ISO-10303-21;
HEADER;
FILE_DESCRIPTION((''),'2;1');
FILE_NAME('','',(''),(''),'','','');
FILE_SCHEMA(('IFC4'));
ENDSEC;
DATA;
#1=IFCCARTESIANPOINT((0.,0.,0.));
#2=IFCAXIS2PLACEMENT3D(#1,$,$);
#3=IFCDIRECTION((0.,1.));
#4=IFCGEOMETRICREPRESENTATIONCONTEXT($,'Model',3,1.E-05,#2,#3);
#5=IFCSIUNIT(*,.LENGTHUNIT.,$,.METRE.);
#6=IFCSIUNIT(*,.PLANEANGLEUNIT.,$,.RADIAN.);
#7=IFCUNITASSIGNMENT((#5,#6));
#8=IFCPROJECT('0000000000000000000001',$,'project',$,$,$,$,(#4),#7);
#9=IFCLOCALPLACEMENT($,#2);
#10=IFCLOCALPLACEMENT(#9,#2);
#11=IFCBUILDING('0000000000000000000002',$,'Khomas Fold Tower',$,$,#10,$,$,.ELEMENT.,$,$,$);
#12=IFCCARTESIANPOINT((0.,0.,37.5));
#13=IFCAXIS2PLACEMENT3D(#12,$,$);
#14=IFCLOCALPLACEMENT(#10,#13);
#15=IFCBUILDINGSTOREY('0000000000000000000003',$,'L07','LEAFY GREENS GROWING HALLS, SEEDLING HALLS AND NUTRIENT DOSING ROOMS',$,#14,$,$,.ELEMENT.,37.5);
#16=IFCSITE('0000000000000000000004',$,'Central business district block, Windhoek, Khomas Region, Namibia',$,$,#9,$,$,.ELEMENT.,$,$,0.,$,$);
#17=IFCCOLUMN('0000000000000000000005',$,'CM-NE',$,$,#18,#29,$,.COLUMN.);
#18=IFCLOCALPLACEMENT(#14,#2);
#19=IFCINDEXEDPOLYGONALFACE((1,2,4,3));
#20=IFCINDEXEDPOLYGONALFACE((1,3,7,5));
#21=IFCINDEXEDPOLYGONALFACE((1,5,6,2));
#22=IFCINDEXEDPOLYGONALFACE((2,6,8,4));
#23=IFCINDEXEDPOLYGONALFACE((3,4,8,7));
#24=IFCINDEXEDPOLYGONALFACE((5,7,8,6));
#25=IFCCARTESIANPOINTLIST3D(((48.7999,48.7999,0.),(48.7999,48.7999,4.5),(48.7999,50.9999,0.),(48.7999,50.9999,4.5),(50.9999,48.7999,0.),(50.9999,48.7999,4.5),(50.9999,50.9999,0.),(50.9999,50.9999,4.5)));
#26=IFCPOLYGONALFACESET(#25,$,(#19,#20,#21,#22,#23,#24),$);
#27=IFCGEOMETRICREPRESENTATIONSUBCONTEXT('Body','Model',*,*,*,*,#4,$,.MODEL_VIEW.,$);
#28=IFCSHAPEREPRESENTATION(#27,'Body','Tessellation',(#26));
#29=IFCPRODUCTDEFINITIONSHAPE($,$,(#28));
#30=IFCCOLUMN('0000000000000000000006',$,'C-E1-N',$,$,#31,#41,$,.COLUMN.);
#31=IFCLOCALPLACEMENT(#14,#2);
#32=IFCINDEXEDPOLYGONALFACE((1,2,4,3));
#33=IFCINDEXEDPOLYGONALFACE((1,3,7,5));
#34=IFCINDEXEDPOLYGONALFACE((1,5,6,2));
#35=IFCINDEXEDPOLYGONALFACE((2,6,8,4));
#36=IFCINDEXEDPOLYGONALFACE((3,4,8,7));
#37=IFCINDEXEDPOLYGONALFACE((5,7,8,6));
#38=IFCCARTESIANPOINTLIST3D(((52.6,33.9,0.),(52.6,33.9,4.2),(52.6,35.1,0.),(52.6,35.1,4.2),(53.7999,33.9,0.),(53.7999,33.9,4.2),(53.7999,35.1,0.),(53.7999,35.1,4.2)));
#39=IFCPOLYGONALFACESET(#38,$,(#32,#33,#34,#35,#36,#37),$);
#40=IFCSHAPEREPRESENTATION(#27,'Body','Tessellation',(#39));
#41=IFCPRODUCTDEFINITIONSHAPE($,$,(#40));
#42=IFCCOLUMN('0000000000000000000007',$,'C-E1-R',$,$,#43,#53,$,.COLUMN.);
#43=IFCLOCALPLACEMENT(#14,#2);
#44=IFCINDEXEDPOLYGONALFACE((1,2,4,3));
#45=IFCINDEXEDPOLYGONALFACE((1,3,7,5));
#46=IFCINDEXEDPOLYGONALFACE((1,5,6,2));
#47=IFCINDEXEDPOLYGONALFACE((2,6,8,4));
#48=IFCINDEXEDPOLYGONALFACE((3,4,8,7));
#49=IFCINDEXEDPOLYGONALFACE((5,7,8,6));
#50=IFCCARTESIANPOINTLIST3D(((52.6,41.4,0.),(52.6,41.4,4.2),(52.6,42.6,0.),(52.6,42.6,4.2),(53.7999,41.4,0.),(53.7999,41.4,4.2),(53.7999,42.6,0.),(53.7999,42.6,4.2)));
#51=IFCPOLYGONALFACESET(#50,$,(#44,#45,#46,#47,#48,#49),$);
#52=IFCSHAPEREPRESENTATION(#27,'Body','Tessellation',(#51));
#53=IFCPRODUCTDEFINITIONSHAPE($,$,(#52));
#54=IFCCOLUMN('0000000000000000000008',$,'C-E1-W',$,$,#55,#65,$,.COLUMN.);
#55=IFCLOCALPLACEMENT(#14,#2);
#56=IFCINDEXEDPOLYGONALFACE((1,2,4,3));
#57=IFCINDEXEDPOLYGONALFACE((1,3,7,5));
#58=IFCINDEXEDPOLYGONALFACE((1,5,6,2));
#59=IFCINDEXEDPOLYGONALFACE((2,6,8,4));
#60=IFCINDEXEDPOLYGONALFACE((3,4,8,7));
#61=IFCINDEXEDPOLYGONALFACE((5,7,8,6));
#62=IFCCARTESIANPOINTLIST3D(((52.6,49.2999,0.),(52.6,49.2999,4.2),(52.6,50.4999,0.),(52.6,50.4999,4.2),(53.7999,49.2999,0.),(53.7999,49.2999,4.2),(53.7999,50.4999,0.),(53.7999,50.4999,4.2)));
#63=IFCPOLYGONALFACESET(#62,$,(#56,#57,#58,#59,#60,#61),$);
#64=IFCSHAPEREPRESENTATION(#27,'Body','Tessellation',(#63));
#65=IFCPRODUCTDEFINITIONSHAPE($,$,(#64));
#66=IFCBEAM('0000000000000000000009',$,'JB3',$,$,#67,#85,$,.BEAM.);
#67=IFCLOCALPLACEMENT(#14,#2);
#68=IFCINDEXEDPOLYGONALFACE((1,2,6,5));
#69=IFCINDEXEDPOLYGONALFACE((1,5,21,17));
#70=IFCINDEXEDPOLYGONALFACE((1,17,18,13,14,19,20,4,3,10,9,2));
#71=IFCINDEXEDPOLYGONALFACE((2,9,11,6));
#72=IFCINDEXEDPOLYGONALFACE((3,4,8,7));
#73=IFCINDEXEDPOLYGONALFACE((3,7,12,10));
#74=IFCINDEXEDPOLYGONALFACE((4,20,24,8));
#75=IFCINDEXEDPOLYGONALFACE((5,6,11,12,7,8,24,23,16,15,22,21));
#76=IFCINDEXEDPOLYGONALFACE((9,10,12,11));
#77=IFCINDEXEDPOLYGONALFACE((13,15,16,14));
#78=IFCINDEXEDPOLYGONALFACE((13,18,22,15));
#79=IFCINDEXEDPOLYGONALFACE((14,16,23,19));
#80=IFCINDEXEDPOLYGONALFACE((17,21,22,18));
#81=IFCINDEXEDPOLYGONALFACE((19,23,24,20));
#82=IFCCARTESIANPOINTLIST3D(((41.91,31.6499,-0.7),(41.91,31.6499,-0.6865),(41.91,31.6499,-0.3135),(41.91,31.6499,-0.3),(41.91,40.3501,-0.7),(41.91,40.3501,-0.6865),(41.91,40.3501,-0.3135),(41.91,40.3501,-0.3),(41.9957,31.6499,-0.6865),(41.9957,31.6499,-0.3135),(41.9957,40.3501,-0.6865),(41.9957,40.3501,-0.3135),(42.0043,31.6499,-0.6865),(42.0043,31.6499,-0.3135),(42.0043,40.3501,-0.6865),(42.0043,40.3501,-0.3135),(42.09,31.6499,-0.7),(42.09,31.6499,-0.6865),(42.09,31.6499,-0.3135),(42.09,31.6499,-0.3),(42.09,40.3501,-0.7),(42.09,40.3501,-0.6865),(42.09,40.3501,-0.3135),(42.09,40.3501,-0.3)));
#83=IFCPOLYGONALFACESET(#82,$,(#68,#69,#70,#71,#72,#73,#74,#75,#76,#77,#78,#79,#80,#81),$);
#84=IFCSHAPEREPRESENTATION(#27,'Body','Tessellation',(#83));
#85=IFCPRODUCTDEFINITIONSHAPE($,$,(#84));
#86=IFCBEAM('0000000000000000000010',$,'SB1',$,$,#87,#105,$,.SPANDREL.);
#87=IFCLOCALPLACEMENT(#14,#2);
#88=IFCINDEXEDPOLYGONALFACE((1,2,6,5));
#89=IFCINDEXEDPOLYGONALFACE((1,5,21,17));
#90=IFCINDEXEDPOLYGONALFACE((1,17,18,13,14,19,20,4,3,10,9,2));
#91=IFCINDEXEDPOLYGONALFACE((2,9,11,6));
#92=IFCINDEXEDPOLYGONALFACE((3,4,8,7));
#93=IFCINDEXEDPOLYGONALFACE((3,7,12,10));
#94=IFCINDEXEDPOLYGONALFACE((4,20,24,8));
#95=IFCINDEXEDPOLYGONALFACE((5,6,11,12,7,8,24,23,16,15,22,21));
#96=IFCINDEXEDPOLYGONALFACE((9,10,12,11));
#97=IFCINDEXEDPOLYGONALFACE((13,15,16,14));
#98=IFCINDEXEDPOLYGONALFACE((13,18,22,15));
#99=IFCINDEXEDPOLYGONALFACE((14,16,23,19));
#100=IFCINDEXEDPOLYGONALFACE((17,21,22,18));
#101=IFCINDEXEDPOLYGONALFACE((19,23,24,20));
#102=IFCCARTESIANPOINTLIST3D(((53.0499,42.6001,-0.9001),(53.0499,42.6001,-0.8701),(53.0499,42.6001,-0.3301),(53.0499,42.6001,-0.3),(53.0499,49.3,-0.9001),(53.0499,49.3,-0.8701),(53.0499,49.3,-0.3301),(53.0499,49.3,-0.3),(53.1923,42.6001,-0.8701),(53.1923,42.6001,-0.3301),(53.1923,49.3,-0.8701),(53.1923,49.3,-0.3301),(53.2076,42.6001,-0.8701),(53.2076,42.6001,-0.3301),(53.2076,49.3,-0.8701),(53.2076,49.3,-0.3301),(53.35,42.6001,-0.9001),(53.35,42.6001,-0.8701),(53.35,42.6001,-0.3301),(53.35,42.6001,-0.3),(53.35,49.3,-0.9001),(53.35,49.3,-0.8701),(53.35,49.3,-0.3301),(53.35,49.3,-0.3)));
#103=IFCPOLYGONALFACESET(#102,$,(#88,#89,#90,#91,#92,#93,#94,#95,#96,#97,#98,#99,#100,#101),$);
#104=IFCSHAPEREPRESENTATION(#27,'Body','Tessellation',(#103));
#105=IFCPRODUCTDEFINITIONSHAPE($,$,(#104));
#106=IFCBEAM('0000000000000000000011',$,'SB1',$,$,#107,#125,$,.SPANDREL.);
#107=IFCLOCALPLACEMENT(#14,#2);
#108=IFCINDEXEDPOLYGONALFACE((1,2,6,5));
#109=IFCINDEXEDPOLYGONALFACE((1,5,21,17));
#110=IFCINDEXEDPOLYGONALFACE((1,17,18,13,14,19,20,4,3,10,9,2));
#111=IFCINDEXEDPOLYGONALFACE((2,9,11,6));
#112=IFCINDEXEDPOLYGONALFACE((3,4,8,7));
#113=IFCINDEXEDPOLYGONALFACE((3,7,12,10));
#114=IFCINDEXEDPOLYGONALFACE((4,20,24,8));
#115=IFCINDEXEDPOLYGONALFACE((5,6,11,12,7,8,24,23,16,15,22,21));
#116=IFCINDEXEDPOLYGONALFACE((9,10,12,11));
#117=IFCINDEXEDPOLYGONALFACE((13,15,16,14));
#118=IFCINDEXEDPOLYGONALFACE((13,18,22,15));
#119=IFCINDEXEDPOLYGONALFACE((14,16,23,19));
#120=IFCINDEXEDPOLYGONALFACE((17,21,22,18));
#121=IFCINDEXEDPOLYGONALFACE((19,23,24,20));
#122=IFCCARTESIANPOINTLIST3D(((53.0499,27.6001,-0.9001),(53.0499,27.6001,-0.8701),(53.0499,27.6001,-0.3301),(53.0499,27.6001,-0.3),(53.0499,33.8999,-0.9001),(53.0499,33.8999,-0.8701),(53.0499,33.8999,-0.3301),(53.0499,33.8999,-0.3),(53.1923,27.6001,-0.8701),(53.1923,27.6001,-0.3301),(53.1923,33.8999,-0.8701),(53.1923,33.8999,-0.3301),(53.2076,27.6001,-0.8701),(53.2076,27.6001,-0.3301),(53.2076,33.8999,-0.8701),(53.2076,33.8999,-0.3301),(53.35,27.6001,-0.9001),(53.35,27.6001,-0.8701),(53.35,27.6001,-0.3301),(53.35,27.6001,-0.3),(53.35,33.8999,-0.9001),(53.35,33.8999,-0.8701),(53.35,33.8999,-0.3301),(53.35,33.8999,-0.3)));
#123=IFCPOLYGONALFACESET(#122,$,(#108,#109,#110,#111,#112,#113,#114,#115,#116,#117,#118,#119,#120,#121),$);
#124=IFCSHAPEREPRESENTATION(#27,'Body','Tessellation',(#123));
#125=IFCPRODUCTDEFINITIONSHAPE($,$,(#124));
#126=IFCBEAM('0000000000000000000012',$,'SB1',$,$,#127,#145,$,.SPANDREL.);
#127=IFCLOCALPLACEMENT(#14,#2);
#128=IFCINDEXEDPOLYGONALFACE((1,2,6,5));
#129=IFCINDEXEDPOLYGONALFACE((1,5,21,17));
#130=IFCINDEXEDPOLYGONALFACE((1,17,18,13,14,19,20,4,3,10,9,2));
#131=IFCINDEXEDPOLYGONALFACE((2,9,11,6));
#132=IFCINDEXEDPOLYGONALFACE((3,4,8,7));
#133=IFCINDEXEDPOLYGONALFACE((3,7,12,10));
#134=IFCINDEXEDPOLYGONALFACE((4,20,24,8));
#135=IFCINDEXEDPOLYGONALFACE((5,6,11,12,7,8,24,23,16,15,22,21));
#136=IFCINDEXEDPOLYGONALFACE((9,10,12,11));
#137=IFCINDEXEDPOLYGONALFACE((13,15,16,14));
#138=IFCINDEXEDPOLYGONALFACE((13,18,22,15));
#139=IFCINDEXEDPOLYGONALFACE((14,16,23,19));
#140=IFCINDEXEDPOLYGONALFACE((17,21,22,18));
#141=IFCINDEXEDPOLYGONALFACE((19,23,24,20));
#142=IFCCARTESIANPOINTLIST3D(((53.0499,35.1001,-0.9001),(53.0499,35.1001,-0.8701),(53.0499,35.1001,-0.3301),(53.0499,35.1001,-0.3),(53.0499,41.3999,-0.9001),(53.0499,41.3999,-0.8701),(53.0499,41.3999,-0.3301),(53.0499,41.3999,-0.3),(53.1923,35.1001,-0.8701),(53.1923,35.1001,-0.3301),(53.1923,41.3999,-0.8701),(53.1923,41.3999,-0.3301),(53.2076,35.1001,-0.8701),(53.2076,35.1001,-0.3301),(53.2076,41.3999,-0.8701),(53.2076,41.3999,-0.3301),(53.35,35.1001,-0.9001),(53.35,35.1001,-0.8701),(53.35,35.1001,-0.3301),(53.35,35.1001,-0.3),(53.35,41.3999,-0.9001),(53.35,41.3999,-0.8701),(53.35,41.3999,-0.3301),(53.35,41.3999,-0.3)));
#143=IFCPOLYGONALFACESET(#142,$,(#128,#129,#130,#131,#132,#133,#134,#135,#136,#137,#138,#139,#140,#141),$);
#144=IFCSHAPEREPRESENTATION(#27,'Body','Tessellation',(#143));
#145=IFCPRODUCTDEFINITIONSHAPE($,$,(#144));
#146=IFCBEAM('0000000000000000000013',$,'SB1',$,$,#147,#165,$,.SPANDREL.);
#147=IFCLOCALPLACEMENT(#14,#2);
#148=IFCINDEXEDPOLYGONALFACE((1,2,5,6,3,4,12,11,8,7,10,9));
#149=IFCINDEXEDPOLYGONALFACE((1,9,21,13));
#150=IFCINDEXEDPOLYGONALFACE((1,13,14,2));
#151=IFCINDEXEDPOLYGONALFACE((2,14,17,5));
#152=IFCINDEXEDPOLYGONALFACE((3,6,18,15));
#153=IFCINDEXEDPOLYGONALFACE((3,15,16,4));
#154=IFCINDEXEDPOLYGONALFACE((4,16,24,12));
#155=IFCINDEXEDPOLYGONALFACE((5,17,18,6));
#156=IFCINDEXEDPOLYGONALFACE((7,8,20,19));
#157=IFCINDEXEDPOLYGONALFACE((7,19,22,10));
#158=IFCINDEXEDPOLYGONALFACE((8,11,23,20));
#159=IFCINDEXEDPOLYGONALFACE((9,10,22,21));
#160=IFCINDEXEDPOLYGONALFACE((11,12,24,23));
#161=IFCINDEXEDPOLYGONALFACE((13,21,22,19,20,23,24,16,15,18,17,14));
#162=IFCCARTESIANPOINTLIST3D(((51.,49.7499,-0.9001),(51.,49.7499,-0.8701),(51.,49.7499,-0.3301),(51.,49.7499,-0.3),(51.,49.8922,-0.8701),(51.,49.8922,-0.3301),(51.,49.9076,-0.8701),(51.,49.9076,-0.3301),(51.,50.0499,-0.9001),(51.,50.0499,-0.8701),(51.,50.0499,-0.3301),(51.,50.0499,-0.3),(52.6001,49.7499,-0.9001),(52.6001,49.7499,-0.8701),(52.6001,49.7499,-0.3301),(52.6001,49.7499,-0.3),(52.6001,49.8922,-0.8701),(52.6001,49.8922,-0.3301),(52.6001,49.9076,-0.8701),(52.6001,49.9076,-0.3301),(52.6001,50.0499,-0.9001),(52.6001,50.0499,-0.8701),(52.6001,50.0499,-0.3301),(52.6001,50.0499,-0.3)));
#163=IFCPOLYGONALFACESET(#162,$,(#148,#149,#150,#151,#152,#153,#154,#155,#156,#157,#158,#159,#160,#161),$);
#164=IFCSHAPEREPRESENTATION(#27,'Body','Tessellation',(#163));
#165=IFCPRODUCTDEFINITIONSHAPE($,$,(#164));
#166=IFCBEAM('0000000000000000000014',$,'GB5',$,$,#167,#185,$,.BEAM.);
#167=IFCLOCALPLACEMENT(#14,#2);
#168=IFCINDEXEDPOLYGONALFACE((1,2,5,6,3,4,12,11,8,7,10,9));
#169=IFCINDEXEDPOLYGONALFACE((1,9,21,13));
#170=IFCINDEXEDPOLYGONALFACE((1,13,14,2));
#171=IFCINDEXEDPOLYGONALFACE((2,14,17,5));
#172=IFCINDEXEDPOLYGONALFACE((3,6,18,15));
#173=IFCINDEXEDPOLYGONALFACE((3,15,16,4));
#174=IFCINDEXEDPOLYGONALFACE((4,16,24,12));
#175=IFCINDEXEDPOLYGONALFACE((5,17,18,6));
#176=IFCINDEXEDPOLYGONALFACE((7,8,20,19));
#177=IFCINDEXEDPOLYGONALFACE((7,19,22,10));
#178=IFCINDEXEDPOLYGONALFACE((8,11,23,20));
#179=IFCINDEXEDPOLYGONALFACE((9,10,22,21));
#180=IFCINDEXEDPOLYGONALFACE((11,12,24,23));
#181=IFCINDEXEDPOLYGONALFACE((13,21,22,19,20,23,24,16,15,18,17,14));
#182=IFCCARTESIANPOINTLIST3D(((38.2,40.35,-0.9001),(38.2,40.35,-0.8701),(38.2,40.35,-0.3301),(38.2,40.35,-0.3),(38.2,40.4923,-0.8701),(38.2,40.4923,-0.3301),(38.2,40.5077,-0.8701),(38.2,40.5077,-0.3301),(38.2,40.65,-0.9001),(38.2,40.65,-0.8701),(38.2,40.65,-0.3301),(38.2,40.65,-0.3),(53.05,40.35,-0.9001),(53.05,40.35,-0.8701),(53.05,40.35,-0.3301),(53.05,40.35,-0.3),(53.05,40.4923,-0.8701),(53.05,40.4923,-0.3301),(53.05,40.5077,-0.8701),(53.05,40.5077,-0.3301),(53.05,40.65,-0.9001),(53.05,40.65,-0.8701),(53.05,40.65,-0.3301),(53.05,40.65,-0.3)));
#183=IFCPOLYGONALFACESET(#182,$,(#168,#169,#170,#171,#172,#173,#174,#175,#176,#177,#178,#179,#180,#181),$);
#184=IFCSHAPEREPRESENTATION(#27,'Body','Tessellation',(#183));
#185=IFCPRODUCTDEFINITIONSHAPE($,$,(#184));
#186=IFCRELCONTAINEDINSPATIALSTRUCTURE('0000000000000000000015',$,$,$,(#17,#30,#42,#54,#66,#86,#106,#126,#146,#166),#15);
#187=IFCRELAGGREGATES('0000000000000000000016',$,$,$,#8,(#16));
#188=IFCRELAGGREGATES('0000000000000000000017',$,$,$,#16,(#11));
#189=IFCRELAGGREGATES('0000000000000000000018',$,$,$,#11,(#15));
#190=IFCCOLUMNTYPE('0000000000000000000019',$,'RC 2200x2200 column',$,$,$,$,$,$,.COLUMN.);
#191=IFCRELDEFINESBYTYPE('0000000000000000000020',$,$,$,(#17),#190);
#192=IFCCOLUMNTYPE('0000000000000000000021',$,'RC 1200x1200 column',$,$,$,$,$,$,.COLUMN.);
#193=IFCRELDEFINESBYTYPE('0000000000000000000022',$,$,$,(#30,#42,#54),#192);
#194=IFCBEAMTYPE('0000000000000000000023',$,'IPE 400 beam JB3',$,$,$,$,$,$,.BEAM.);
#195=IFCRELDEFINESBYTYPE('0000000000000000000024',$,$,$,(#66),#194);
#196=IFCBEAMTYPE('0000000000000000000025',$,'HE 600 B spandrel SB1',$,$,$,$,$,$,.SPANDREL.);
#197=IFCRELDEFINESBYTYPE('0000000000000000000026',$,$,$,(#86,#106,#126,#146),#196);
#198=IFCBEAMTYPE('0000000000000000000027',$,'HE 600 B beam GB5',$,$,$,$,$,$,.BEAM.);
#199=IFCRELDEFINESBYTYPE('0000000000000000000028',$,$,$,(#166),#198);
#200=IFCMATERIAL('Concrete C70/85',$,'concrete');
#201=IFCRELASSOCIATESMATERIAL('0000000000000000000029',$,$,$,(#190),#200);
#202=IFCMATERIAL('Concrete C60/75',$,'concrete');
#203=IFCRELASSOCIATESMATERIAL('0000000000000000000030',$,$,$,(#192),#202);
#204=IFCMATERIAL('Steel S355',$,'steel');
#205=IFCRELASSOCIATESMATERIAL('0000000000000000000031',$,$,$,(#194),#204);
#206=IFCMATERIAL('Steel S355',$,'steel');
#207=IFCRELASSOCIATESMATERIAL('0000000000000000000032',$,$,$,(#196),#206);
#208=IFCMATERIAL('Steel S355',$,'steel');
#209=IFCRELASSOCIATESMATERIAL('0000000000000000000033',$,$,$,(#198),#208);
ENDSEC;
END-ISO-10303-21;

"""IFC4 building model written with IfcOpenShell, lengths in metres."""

from ifc_helpers import new_model, si_unit, direction, frame, origin, origin_2d, place, context, subcontext, project, spatial, rectangle, i_section, extrude, source, transform, mapped, material, material_profile, profile_set, type_object, element, save


model = new_model("IFC4")

# Units and contexts
model_context = context("Model", 3, precision=1e-05, world=origin(), true_north=direction((0.0, 1.0)))
body_context = subcontext(model_context, "Body", "Model", "MODEL_VIEW")
ifc_project = project(units=[si_unit("LENGTHUNIT", "METRE"), si_unit("PLANEANGLEUNIT", "RADIAN")], contexts=[model_context])

# Site, building, storey
site_placement = place(None, origin())
site = spatial("IfcSite", under=ifc_project, at=site_placement, Name="Central business district block, Windhoek, Khomas Region, Namibia", CompositionType="ELEMENT", RefElevation=0.0)
building_placement = place(site_placement, origin())
building = spatial("IfcBuilding", under=site, at=building_placement, Name="Khomas Fold Tower", CompositionType="ELEMENT")
storey_placement = place(building_placement, frame((0.0, 0.0, 37.5)))
storey = spatial("IfcBuildingStorey", under=building, at=storey_placement, Name="L07", Description="LEAFY GREENS GROWING HALLS, SEEDLING HALLS AND NUTRIENT DOSING ROOMS", CompositionType="ELEMENT", Elevation=37.5)

# Columns
ifc_material_1 = material(Name="Concrete C70/85", Category="concrete")
ifc_material_profile_1 = material_profile(ifc_material_1, rectangle(XDim=2.2, YDim=2.2, at=origin_2d()), Name="RC 2200x2200")
ifc_profile_set_1 = profile_set([ifc_material_profile_1], Name="Concrete C70/85")
column_type_1 = type_object("IfcColumnType", Name="RC 2200x2200 column", PredefinedType="COLUMN", material=ifc_profile_set_1)
shared_shape_1 = source(origin(), body_context, "Body", "SweptSolid", [
    extrude(rectangle(XDim=2.2, YDim=2.2, at=origin_2d()), origin(), (0.0, 0.0, 1.0), 4.5),
])
column_placement = place(storey_placement, frame((49.8999, 49.8999, 0.0), z_axis=(0.0, 0.0, 1.0), x_axis=(1.0, 0.0, 0.0)))
element("IfcColumn", 1, at=column_placement, inside=storey, type_object=column_type_1, Name="CM-NE", PredefinedType="COLUMN", context=body_context, shape_type="MappedRepresentation", body=[
    mapped(shared_shape_1, transform((0.0, 0.0, 0.0))),
])
ifc_material_2 = material(Name="Concrete C60/75", Category="concrete")
ifc_material_profile_2 = material_profile(ifc_material_2, rectangle(XDim=1.2, YDim=1.2, at=origin_2d()), Name="RC 1200x1200")
ifc_profile_set_2 = profile_set([ifc_material_profile_2], Name="Concrete C60/75")
column_type_2 = type_object("IfcColumnType", Name="RC 1200x1200 column", PredefinedType="COLUMN", material=ifc_profile_set_2)
shared_shape_2 = source(origin(), body_context, "Body", "SweptSolid", [
    extrude(rectangle(XDim=1.2, YDim=1.2, at=origin_2d()), origin(), (0.0, 0.0, 1.0), 4.2),
])
for number, where, z_axis, x_axis, name in (
    (2, (53.2, 34.5, 0.0), (0.0, 0.0, 1.0), (1.0, 0.0, 0.0), "C-E1-N"),
    (3, (53.2, 42.0, 0.0), (0.0, 0.0, 1.0), (1.0, 0.0, 0.0), "C-E1-R"),
    (4, (53.2, 49.8999, 0.0), (0.0, 0.0, 1.0), (1.0, 0.0, 0.0), "C-E1-W"),
):
    element("IfcColumn", number, at=place(storey_placement, frame(where, z_axis=z_axis, x_axis=x_axis)), inside=storey, type_object=column_type_2, Name=name, PredefinedType="COLUMN", context=body_context, shape_type="MappedRepresentation", body=[
        mapped(shared_shape_2, transform((0.0, 0.0, 0.0))),
    ])

# Beams
ifc_material_3 = material(Name="Steel S355", Category="steel")
ifc_material_profile_3 = material_profile(ifc_material_3, i_section(OverallWidth=0.1799, OverallDepth=0.3999, WebThickness=0.0085, FlangeThickness=0.0134, at=origin_2d()), Name="IPE 400")
ifc_profile_set_3 = profile_set([ifc_material_profile_3], Name="Steel S355")
beam_type_1 = type_object("IfcBeamType", Name="IPE 400 beam JB3", PredefinedType="BEAM", material=ifc_profile_set_3)
shared_shape_3 = source(origin(), body_context, "Body", "SweptSolid", [
    extrude(i_section(OverallWidth=0.1799, OverallDepth=0.3999, WebThickness=0.0085, FlangeThickness=0.0134, at=origin_2d()), origin(), (0.0, 0.0, 1.0), 8.7002),
])
beam_1_placement = place(storey_placement, frame((42.0, 31.6499, -0.5), z_axis=(0.0, 1.0, 0.0), x_axis=(-1.0, 0.0, 0.0)))
element("IfcBeam", 5, at=beam_1_placement, inside=storey, type_object=beam_type_1, Name="JB3", PredefinedType="BEAM", context=body_context, shape_type="MappedRepresentation", body=[
    mapped(shared_shape_3, transform((0.0, 0.0, 0.0))),
])
ifc_material_4 = material(Name="Steel S355", Category="steel")
ifc_material_profile_4 = material_profile(ifc_material_4, i_section(OverallWidth=0.3, OverallDepth=0.6001, WebThickness=0.0154, FlangeThickness=0.03, at=origin_2d()), Name="HE 600 B")
ifc_profile_set_4 = profile_set([ifc_material_profile_4], Name="Steel S355")
beam_type_2 = type_object("IfcBeamType", Name="HE 600 B spandrel SB1", PredefinedType="SPANDREL", material=ifc_profile_set_4)
shared_shape_4 = source(origin(), body_context, "Body", "SweptSolid", [
    extrude(i_section(OverallWidth=0.3, OverallDepth=0.6001, WebThickness=0.0154, FlangeThickness=0.03, at=origin_2d()), origin(), (0.0, 0.0, 1.0), 6.7),
])
beam_2_placement = place(storey_placement, frame((53.2, 42.6001, -0.6001), z_axis=(0.0, 1.0, 0.0), x_axis=(-1.0, 0.0, 0.0)))
element("IfcBeam", 6, at=beam_2_placement, inside=storey, type_object=beam_type_2, Name="SB1", PredefinedType="SPANDREL", context=body_context, shape_type="MappedRepresentation", body=[
    mapped(shared_shape_4, transform((0.0, 0.0, 0.0))),
])
shared_shape_5 = source(origin(), body_context, "Body", "SweptSolid", [
    extrude(i_section(OverallWidth=0.3, OverallDepth=0.6001, WebThickness=0.0154, FlangeThickness=0.03, at=origin_2d()), origin(), (0.0, 0.0, 1.0), 6.2998),
])
for number, where, z_axis, x_axis, name in (
    (7, (53.2, 27.6001, -0.6001), (0.0, 1.0, 0.0), (-1.0, 0.0, 0.0), "SB1"),
    (8, (53.2, 35.1001, -0.6001), (0.0, 1.0, 0.0), (-1.0, 0.0, 0.0), "SB1"),
):
    element("IfcBeam", number, at=place(storey_placement, frame(where, z_axis=z_axis, x_axis=x_axis)), inside=storey, type_object=beam_type_2, Name=name, PredefinedType="SPANDREL", context=body_context, shape_type="MappedRepresentation", body=[
        mapped(shared_shape_5, transform((0.0, 0.0, 0.0))),
    ])
shared_shape_6 = source(origin(), body_context, "Body", "SweptSolid", [
    extrude(i_section(OverallWidth=0.3, OverallDepth=0.6001, WebThickness=0.0154, FlangeThickness=0.03, at=origin_2d()), origin(), (0.0, 0.0, 1.0), 1.6001),
])
beam_3_placement = place(storey_placement, frame((51.0, 49.8999, -0.6001), z_axis=(1.0, 0.0, 0.0), x_axis=(0.0, 1.0, 0.0)))
element("IfcBeam", 9, at=beam_3_placement, inside=storey, type_object=beam_type_2, Name="SB1", PredefinedType="SPANDREL", context=body_context, shape_type="MappedRepresentation", body=[
    mapped(shared_shape_6, transform((0.0, 0.0, 0.0))),
])
ifc_material_5 = material(Name="Steel S355", Category="steel")
ifc_material_profile_5 = material_profile(ifc_material_5, i_section(OverallWidth=0.3, OverallDepth=0.6001, WebThickness=0.0154, FlangeThickness=0.03, at=origin_2d()), Name="HE 600 B")
ifc_profile_set_5 = profile_set([ifc_material_profile_5], Name="Steel S355")
beam_type_3 = type_object("IfcBeamType", Name="HE 600 B beam GB5", PredefinedType="BEAM", material=ifc_profile_set_5)
shared_shape_7 = source(origin(), body_context, "Body", "SweptSolid", [
    extrude(i_section(OverallWidth=0.3, OverallDepth=0.6001, WebThickness=0.0154, FlangeThickness=0.03, at=origin_2d()), origin(), (0.0, 0.0, 1.0), 14.8501),
])
beam_4_placement = place(storey_placement, frame((38.2, 40.5, -0.6001), z_axis=(1.0, 0.0, 0.0), x_axis=(0.0, 1.0, 0.0)))
element("IfcBeam", 10, at=beam_4_placement, inside=storey, type_object=beam_type_3, Name="GB5", PredefinedType="BEAM", context=body_context, shape_type="MappedRepresentation", body=[
    mapped(shared_shape_7, transform((0.0, 0.0, 0.0))),
])

save(model, "model.ifc")
